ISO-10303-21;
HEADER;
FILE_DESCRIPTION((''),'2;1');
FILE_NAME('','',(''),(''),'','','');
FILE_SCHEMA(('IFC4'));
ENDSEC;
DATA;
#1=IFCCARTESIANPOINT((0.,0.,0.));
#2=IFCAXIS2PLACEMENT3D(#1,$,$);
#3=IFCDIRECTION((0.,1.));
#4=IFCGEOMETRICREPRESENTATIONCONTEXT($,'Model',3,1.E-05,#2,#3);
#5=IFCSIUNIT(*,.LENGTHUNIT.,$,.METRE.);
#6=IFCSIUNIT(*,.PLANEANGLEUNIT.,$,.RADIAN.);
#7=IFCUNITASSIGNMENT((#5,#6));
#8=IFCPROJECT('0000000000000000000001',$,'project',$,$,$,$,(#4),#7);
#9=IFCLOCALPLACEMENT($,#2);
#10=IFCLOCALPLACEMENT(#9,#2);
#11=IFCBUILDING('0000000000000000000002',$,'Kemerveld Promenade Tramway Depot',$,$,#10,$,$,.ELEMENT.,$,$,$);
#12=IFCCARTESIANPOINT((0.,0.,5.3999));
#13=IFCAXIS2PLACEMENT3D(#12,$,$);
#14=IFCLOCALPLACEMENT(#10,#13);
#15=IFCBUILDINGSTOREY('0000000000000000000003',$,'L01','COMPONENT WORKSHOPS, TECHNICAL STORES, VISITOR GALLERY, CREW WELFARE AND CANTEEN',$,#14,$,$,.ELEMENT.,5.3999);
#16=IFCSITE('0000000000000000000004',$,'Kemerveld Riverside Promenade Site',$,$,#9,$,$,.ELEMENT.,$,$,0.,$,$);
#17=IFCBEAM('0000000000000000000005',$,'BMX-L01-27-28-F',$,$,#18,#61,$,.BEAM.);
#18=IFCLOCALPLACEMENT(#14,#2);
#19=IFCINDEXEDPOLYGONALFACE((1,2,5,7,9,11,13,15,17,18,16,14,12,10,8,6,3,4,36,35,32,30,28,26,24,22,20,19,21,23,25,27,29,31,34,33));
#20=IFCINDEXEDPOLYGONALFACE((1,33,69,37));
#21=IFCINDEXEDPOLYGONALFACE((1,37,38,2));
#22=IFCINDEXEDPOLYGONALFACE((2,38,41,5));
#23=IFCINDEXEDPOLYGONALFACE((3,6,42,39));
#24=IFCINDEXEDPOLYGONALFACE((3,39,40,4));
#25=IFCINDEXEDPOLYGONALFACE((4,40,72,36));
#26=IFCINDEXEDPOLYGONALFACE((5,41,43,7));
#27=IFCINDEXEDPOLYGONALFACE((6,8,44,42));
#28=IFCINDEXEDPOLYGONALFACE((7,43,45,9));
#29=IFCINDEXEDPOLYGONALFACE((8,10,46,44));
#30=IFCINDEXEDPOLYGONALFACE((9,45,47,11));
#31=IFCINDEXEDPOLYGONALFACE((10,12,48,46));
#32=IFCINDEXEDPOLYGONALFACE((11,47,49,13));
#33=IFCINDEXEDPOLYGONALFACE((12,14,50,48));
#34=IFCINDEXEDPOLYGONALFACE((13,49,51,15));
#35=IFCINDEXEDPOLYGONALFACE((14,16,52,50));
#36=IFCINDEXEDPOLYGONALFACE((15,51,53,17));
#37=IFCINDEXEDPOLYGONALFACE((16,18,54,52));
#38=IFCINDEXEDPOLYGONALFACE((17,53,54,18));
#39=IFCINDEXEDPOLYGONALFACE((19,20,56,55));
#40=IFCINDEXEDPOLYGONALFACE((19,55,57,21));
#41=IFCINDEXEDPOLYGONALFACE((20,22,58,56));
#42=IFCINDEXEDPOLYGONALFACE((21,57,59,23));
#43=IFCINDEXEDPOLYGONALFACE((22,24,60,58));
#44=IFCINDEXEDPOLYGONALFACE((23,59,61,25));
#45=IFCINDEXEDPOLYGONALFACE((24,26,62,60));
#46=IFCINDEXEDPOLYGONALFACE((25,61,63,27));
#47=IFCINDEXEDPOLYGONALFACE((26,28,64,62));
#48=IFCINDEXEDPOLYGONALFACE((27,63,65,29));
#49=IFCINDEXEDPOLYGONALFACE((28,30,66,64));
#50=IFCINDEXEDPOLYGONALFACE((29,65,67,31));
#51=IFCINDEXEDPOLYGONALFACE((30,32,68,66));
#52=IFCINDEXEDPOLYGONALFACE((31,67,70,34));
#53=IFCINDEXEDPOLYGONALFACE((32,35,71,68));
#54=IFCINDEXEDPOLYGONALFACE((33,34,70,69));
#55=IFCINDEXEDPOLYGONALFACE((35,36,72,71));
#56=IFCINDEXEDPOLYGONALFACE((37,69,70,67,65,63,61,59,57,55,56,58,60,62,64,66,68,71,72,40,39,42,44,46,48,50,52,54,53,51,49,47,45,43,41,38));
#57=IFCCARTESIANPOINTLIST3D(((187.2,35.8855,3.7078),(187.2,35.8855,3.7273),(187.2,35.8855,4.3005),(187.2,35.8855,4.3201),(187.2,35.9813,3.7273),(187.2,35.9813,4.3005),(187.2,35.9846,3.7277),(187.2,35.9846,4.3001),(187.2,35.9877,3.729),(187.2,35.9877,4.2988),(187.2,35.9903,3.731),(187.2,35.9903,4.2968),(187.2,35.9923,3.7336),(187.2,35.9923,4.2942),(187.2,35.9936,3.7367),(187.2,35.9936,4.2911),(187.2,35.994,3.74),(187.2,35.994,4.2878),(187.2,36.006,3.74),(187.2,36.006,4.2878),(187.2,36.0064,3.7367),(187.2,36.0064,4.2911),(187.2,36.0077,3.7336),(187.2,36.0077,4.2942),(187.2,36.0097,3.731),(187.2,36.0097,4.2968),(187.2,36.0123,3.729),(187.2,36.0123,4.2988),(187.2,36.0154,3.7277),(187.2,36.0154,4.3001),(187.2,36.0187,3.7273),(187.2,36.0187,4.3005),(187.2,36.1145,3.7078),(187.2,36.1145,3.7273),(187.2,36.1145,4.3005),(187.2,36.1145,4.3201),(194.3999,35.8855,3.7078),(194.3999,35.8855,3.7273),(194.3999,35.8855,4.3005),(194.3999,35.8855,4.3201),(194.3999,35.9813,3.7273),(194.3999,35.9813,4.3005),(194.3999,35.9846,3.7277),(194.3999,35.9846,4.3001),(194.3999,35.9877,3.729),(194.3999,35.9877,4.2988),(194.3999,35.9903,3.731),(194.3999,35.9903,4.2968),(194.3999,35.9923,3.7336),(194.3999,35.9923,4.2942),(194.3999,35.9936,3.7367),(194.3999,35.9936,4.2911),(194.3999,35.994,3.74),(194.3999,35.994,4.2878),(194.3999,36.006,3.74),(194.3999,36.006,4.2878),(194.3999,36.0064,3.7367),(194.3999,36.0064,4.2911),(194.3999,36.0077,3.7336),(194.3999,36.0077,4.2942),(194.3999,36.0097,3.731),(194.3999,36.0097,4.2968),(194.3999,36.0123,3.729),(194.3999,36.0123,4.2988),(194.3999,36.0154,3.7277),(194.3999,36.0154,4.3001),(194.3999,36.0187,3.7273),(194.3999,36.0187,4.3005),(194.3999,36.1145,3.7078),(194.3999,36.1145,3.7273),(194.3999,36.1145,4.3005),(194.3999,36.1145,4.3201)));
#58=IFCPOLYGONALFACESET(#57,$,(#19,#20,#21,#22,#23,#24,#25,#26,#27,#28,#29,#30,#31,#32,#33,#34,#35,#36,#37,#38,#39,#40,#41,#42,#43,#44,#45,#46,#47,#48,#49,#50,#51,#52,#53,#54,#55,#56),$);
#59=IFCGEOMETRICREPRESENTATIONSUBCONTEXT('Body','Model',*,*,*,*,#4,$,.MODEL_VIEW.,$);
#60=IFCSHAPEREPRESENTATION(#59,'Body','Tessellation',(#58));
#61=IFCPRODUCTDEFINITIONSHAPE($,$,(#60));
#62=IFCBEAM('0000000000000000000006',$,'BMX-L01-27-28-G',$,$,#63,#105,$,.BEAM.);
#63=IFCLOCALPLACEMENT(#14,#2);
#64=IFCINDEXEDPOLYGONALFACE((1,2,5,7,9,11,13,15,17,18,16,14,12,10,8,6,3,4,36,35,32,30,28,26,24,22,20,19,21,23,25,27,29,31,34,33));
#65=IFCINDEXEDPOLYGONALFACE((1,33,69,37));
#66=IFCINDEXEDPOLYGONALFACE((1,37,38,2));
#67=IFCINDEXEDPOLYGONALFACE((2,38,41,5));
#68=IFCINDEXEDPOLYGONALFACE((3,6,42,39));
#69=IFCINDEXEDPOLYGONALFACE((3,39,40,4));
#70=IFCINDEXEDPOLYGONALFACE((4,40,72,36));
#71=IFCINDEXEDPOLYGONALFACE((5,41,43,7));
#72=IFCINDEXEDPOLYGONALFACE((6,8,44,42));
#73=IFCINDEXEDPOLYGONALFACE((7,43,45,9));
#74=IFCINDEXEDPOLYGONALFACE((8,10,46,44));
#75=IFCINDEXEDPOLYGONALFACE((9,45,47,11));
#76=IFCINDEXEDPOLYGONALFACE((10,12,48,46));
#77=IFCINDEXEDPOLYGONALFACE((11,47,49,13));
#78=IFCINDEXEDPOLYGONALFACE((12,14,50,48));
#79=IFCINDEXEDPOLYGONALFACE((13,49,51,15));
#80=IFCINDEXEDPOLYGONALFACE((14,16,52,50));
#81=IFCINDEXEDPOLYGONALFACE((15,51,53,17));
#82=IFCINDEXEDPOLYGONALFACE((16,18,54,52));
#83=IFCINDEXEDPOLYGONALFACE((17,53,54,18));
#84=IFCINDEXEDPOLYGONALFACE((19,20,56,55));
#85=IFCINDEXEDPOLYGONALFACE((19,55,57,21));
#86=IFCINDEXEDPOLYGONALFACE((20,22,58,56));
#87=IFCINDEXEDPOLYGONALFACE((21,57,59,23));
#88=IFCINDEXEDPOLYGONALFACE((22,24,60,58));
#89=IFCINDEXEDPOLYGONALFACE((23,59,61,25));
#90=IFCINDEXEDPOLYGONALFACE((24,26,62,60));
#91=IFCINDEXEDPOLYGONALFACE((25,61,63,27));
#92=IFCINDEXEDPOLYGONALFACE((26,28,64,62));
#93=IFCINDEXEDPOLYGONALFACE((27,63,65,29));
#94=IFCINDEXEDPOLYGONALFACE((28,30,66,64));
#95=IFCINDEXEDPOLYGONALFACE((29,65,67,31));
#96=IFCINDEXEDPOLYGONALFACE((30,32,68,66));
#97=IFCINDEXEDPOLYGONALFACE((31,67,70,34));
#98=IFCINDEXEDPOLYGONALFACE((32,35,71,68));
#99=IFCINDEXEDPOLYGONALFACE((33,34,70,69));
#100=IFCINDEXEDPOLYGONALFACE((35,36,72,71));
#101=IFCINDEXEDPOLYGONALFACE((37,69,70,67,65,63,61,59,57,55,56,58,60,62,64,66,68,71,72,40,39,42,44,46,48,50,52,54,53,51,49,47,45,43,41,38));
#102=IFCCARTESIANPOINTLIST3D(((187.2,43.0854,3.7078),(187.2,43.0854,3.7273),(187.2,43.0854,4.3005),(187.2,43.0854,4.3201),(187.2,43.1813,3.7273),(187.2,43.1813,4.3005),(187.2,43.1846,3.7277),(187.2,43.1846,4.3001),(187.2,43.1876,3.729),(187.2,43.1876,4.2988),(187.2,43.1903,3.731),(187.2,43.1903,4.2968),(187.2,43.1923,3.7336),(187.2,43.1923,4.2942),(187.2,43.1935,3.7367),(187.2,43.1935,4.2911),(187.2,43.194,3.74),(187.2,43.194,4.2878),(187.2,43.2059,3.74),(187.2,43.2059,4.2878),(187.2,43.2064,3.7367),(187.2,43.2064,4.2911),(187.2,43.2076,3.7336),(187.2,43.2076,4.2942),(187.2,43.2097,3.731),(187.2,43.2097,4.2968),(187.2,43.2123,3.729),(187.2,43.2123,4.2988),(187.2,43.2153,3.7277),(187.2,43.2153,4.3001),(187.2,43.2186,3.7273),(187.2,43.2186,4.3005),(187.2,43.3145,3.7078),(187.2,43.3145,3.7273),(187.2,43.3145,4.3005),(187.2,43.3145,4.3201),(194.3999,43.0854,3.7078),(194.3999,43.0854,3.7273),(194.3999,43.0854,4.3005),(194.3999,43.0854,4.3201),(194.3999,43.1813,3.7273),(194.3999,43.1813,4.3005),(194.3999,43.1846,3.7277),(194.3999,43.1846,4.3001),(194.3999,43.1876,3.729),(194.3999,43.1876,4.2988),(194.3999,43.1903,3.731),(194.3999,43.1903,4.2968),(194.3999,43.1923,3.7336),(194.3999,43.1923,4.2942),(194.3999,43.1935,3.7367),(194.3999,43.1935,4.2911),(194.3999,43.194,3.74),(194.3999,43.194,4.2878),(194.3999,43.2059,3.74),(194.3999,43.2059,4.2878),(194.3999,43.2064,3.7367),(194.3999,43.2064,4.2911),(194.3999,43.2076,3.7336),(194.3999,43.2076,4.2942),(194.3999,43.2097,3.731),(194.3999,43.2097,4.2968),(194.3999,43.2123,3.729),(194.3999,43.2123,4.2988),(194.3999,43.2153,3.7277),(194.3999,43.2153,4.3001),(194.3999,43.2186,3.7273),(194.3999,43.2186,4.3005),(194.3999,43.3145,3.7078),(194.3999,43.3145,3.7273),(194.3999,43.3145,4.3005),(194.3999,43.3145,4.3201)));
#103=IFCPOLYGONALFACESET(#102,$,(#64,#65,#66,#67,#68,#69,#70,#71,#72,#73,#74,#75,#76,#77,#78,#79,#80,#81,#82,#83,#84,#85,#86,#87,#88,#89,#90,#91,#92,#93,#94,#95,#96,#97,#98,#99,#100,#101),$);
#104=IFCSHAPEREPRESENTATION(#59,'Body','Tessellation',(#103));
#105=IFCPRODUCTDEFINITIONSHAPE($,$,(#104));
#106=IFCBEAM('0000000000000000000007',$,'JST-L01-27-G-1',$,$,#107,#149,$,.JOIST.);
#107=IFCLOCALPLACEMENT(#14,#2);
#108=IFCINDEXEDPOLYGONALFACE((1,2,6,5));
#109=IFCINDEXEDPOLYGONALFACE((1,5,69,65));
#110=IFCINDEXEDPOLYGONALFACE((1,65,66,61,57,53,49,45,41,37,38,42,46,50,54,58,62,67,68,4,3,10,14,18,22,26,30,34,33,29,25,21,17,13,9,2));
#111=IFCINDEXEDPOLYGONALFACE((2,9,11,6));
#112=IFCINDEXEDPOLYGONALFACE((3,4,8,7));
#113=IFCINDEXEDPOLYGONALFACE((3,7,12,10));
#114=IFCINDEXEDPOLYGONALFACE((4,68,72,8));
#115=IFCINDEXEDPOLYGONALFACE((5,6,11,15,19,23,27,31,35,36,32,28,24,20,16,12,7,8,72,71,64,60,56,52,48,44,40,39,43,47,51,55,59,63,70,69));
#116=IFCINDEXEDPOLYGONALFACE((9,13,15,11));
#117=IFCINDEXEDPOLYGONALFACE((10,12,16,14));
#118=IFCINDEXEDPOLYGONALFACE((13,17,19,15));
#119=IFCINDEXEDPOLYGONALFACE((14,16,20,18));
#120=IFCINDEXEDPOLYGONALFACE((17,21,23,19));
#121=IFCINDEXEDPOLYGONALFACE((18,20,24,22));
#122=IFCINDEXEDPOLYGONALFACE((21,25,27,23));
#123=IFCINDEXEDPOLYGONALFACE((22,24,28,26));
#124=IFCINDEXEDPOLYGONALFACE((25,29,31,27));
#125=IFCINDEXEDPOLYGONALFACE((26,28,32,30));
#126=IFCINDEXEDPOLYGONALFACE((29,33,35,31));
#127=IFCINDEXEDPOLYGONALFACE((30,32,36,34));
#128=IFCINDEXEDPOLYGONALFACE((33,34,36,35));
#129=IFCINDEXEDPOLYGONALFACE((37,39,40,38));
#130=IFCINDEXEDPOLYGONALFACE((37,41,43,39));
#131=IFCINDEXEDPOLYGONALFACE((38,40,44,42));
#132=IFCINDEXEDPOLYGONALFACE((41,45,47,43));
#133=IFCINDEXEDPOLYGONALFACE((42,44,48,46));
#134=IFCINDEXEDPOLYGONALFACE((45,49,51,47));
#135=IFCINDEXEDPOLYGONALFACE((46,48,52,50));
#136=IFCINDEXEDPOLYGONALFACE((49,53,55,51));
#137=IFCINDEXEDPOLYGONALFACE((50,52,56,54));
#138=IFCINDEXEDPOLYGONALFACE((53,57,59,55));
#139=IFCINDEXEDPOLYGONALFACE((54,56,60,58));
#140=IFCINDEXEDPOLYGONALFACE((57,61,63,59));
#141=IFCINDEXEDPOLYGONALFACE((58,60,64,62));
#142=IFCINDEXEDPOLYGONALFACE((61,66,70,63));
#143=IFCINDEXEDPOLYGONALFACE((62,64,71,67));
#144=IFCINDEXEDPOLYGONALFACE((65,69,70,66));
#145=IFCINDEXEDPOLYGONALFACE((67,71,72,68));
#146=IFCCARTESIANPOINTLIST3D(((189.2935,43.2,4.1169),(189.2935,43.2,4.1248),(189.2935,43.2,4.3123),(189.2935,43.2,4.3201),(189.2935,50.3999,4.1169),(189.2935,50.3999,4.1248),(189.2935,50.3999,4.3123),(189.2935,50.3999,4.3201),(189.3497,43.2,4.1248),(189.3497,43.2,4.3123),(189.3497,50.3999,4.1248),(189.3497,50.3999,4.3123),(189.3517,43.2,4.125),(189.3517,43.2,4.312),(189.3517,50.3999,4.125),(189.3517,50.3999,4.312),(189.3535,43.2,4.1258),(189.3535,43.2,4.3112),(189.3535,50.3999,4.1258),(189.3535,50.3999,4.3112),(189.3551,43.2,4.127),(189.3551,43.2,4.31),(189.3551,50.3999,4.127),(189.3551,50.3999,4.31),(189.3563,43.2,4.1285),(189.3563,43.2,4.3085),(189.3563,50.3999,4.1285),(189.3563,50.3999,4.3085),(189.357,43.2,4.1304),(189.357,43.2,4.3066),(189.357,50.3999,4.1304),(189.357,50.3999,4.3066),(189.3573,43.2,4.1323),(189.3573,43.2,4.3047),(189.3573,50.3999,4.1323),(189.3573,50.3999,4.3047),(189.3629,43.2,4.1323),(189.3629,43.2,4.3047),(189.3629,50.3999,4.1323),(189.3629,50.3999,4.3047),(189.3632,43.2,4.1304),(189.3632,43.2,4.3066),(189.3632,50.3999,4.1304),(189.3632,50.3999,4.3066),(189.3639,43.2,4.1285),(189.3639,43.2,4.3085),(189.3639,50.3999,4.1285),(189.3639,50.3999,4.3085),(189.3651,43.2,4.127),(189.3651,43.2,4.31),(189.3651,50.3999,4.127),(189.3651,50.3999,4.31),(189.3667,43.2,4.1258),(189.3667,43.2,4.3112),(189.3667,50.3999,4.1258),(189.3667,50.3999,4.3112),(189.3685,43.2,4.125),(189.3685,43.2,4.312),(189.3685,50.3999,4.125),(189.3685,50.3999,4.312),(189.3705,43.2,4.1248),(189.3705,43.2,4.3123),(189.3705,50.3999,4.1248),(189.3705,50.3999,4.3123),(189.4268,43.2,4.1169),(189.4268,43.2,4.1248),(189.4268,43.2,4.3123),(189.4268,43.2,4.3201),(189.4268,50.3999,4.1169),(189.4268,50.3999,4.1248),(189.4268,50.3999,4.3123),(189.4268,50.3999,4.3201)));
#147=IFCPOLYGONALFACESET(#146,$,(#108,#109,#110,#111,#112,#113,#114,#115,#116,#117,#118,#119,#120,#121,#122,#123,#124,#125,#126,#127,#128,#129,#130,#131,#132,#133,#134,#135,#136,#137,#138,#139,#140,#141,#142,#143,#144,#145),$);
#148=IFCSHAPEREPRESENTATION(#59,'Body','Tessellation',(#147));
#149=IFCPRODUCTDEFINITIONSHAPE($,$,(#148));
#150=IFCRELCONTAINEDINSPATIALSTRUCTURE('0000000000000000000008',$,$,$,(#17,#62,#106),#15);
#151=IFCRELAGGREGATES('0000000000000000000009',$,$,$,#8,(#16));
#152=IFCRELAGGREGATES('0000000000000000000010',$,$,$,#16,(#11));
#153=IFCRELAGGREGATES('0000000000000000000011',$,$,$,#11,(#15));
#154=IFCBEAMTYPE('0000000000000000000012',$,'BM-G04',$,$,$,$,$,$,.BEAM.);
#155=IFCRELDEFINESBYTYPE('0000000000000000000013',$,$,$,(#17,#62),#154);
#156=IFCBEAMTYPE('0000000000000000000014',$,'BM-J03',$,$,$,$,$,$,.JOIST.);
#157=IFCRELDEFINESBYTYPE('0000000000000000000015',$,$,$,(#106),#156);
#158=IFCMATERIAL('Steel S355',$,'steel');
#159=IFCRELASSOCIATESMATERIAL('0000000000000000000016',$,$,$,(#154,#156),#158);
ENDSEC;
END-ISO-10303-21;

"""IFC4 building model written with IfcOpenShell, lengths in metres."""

from ifc_helpers import new_model, si_unit, direction, frame, origin, origin_2d, place, context, subcontext, project, spatial, i_section, extrude, material, material_profile, profile_set, type_object, element, save


model = new_model("IFC4")

# Units and contexts
model_context = context("Model", 3, precision=1e-05, world=origin(), true_north=direction((0.0, 1.0)))
body_context = subcontext(model_context, "Body", "Model", "MODEL_VIEW")
ifc_project = project(units=[si_unit("LENGTHUNIT", "METRE"), si_unit("PLANEANGLEUNIT", "RADIAN")], contexts=[model_context])

# Site, building, storey
site_placement = place(None, origin())
site = spatial("IfcSite", under=ifc_project, at=site_placement, Name="Kemerveld Riverside Promenade Site", CompositionType="ELEMENT", RefElevation=0.0)
building_placement = place(site_placement, origin())
building = spatial("IfcBuilding", under=site, at=building_placement, Name="Kemerveld Promenade Tramway Depot", CompositionType="ELEMENT")
storey_placement = place(building_placement, frame((0.0, 0.0, 5.3999)))
storey = spatial("IfcBuildingStorey", under=building, at=storey_placement, Name="L01", Description="COMPONENT WORKSHOPS, TECHNICAL STORES, VISITOR GALLERY, CREW WELFARE AND CANTEEN", CompositionType="ELEMENT", Elevation=5.3999)

# Shared definitions
ifc_material_1 = material(Name="Steel S355", Category="steel")

# Beams
ifc_material_profile_1 = material_profile(ifc_material_1, i_section(OverallWidth=0.229, OverallDepth=0.6123, WebThickness=0.012, FlangeThickness=0.0195, FilletRadius=0.0127, at=origin_2d()), Name="610x229x125 UB")
ifc_profile_set_1 = profile_set([ifc_material_profile_1], Name="Steel S355")
beam_type_1 = type_object("IfcBeamType", Name="BM-G04", PredefinedType="BEAM", material=ifc_profile_set_1)
for number, where, z_axis, x_axis, name in (
    (1, (187.2, 36.0, 4.0139), (1.0, 0.0, 0.0), (0.0, 1.0, 0.0), "BMX-L01-27-28-F"),
    (2, (187.2, 43.2, 4.0139), (1.0, 0.0, 0.0), (0.0, 1.0, 0.0), "BMX-L01-27-28-G"),
):
    element("IfcBeam", number, at=place(storey_placement, frame(where, z_axis=z_axis, x_axis=x_axis)), inside=storey, type_object=beam_type_1, Name=name, PredefinedType="BEAM", context=body_context, shape_type="SweptSolid", body=[
        extrude(i_section(OverallWidth=0.229, OverallDepth=0.6123, WebThickness=0.012, FlangeThickness=0.0195, FilletRadius=0.0127, at=origin_2d()), origin(), (0.0, 0.0, 1.0), 7.2),
    ])
ifc_material_profile_2 = material_profile(ifc_material_1, i_section(OverallWidth=0.1333, OverallDepth=0.2031, WebThickness=0.0056, FlangeThickness=0.0078, FilletRadius=0.0076, at=origin_2d()), Name="203x133x25 UB")
ifc_profile_set_2 = profile_set([ifc_material_profile_2], Name="Steel S355")
beam_type_2 = type_object("IfcBeamType", Name="BM-J03", PredefinedType="JOIST", material=ifc_profile_set_2)
beam_placement = place(storey_placement, frame((189.3601, 43.2, 4.2185), z_axis=(0.0, 1.0, 0.0), x_axis=(-1.0, 0.0, 0.0)))
element("IfcBeam", 3, at=beam_placement, inside=storey, type_object=beam_type_2, Name="JST-L01-27-G-1", PredefinedType="JOIST", context=body_context, shape_type="SweptSolid", body=[
    extrude(i_section(OverallWidth=0.1333, OverallDepth=0.2031, WebThickness=0.0056, FlangeThickness=0.0078, FilletRadius=0.0076, at=origin_2d()), origin(), (0.0, 0.0, 1.0), 7.2),
])

save(model, "model.ifc")
